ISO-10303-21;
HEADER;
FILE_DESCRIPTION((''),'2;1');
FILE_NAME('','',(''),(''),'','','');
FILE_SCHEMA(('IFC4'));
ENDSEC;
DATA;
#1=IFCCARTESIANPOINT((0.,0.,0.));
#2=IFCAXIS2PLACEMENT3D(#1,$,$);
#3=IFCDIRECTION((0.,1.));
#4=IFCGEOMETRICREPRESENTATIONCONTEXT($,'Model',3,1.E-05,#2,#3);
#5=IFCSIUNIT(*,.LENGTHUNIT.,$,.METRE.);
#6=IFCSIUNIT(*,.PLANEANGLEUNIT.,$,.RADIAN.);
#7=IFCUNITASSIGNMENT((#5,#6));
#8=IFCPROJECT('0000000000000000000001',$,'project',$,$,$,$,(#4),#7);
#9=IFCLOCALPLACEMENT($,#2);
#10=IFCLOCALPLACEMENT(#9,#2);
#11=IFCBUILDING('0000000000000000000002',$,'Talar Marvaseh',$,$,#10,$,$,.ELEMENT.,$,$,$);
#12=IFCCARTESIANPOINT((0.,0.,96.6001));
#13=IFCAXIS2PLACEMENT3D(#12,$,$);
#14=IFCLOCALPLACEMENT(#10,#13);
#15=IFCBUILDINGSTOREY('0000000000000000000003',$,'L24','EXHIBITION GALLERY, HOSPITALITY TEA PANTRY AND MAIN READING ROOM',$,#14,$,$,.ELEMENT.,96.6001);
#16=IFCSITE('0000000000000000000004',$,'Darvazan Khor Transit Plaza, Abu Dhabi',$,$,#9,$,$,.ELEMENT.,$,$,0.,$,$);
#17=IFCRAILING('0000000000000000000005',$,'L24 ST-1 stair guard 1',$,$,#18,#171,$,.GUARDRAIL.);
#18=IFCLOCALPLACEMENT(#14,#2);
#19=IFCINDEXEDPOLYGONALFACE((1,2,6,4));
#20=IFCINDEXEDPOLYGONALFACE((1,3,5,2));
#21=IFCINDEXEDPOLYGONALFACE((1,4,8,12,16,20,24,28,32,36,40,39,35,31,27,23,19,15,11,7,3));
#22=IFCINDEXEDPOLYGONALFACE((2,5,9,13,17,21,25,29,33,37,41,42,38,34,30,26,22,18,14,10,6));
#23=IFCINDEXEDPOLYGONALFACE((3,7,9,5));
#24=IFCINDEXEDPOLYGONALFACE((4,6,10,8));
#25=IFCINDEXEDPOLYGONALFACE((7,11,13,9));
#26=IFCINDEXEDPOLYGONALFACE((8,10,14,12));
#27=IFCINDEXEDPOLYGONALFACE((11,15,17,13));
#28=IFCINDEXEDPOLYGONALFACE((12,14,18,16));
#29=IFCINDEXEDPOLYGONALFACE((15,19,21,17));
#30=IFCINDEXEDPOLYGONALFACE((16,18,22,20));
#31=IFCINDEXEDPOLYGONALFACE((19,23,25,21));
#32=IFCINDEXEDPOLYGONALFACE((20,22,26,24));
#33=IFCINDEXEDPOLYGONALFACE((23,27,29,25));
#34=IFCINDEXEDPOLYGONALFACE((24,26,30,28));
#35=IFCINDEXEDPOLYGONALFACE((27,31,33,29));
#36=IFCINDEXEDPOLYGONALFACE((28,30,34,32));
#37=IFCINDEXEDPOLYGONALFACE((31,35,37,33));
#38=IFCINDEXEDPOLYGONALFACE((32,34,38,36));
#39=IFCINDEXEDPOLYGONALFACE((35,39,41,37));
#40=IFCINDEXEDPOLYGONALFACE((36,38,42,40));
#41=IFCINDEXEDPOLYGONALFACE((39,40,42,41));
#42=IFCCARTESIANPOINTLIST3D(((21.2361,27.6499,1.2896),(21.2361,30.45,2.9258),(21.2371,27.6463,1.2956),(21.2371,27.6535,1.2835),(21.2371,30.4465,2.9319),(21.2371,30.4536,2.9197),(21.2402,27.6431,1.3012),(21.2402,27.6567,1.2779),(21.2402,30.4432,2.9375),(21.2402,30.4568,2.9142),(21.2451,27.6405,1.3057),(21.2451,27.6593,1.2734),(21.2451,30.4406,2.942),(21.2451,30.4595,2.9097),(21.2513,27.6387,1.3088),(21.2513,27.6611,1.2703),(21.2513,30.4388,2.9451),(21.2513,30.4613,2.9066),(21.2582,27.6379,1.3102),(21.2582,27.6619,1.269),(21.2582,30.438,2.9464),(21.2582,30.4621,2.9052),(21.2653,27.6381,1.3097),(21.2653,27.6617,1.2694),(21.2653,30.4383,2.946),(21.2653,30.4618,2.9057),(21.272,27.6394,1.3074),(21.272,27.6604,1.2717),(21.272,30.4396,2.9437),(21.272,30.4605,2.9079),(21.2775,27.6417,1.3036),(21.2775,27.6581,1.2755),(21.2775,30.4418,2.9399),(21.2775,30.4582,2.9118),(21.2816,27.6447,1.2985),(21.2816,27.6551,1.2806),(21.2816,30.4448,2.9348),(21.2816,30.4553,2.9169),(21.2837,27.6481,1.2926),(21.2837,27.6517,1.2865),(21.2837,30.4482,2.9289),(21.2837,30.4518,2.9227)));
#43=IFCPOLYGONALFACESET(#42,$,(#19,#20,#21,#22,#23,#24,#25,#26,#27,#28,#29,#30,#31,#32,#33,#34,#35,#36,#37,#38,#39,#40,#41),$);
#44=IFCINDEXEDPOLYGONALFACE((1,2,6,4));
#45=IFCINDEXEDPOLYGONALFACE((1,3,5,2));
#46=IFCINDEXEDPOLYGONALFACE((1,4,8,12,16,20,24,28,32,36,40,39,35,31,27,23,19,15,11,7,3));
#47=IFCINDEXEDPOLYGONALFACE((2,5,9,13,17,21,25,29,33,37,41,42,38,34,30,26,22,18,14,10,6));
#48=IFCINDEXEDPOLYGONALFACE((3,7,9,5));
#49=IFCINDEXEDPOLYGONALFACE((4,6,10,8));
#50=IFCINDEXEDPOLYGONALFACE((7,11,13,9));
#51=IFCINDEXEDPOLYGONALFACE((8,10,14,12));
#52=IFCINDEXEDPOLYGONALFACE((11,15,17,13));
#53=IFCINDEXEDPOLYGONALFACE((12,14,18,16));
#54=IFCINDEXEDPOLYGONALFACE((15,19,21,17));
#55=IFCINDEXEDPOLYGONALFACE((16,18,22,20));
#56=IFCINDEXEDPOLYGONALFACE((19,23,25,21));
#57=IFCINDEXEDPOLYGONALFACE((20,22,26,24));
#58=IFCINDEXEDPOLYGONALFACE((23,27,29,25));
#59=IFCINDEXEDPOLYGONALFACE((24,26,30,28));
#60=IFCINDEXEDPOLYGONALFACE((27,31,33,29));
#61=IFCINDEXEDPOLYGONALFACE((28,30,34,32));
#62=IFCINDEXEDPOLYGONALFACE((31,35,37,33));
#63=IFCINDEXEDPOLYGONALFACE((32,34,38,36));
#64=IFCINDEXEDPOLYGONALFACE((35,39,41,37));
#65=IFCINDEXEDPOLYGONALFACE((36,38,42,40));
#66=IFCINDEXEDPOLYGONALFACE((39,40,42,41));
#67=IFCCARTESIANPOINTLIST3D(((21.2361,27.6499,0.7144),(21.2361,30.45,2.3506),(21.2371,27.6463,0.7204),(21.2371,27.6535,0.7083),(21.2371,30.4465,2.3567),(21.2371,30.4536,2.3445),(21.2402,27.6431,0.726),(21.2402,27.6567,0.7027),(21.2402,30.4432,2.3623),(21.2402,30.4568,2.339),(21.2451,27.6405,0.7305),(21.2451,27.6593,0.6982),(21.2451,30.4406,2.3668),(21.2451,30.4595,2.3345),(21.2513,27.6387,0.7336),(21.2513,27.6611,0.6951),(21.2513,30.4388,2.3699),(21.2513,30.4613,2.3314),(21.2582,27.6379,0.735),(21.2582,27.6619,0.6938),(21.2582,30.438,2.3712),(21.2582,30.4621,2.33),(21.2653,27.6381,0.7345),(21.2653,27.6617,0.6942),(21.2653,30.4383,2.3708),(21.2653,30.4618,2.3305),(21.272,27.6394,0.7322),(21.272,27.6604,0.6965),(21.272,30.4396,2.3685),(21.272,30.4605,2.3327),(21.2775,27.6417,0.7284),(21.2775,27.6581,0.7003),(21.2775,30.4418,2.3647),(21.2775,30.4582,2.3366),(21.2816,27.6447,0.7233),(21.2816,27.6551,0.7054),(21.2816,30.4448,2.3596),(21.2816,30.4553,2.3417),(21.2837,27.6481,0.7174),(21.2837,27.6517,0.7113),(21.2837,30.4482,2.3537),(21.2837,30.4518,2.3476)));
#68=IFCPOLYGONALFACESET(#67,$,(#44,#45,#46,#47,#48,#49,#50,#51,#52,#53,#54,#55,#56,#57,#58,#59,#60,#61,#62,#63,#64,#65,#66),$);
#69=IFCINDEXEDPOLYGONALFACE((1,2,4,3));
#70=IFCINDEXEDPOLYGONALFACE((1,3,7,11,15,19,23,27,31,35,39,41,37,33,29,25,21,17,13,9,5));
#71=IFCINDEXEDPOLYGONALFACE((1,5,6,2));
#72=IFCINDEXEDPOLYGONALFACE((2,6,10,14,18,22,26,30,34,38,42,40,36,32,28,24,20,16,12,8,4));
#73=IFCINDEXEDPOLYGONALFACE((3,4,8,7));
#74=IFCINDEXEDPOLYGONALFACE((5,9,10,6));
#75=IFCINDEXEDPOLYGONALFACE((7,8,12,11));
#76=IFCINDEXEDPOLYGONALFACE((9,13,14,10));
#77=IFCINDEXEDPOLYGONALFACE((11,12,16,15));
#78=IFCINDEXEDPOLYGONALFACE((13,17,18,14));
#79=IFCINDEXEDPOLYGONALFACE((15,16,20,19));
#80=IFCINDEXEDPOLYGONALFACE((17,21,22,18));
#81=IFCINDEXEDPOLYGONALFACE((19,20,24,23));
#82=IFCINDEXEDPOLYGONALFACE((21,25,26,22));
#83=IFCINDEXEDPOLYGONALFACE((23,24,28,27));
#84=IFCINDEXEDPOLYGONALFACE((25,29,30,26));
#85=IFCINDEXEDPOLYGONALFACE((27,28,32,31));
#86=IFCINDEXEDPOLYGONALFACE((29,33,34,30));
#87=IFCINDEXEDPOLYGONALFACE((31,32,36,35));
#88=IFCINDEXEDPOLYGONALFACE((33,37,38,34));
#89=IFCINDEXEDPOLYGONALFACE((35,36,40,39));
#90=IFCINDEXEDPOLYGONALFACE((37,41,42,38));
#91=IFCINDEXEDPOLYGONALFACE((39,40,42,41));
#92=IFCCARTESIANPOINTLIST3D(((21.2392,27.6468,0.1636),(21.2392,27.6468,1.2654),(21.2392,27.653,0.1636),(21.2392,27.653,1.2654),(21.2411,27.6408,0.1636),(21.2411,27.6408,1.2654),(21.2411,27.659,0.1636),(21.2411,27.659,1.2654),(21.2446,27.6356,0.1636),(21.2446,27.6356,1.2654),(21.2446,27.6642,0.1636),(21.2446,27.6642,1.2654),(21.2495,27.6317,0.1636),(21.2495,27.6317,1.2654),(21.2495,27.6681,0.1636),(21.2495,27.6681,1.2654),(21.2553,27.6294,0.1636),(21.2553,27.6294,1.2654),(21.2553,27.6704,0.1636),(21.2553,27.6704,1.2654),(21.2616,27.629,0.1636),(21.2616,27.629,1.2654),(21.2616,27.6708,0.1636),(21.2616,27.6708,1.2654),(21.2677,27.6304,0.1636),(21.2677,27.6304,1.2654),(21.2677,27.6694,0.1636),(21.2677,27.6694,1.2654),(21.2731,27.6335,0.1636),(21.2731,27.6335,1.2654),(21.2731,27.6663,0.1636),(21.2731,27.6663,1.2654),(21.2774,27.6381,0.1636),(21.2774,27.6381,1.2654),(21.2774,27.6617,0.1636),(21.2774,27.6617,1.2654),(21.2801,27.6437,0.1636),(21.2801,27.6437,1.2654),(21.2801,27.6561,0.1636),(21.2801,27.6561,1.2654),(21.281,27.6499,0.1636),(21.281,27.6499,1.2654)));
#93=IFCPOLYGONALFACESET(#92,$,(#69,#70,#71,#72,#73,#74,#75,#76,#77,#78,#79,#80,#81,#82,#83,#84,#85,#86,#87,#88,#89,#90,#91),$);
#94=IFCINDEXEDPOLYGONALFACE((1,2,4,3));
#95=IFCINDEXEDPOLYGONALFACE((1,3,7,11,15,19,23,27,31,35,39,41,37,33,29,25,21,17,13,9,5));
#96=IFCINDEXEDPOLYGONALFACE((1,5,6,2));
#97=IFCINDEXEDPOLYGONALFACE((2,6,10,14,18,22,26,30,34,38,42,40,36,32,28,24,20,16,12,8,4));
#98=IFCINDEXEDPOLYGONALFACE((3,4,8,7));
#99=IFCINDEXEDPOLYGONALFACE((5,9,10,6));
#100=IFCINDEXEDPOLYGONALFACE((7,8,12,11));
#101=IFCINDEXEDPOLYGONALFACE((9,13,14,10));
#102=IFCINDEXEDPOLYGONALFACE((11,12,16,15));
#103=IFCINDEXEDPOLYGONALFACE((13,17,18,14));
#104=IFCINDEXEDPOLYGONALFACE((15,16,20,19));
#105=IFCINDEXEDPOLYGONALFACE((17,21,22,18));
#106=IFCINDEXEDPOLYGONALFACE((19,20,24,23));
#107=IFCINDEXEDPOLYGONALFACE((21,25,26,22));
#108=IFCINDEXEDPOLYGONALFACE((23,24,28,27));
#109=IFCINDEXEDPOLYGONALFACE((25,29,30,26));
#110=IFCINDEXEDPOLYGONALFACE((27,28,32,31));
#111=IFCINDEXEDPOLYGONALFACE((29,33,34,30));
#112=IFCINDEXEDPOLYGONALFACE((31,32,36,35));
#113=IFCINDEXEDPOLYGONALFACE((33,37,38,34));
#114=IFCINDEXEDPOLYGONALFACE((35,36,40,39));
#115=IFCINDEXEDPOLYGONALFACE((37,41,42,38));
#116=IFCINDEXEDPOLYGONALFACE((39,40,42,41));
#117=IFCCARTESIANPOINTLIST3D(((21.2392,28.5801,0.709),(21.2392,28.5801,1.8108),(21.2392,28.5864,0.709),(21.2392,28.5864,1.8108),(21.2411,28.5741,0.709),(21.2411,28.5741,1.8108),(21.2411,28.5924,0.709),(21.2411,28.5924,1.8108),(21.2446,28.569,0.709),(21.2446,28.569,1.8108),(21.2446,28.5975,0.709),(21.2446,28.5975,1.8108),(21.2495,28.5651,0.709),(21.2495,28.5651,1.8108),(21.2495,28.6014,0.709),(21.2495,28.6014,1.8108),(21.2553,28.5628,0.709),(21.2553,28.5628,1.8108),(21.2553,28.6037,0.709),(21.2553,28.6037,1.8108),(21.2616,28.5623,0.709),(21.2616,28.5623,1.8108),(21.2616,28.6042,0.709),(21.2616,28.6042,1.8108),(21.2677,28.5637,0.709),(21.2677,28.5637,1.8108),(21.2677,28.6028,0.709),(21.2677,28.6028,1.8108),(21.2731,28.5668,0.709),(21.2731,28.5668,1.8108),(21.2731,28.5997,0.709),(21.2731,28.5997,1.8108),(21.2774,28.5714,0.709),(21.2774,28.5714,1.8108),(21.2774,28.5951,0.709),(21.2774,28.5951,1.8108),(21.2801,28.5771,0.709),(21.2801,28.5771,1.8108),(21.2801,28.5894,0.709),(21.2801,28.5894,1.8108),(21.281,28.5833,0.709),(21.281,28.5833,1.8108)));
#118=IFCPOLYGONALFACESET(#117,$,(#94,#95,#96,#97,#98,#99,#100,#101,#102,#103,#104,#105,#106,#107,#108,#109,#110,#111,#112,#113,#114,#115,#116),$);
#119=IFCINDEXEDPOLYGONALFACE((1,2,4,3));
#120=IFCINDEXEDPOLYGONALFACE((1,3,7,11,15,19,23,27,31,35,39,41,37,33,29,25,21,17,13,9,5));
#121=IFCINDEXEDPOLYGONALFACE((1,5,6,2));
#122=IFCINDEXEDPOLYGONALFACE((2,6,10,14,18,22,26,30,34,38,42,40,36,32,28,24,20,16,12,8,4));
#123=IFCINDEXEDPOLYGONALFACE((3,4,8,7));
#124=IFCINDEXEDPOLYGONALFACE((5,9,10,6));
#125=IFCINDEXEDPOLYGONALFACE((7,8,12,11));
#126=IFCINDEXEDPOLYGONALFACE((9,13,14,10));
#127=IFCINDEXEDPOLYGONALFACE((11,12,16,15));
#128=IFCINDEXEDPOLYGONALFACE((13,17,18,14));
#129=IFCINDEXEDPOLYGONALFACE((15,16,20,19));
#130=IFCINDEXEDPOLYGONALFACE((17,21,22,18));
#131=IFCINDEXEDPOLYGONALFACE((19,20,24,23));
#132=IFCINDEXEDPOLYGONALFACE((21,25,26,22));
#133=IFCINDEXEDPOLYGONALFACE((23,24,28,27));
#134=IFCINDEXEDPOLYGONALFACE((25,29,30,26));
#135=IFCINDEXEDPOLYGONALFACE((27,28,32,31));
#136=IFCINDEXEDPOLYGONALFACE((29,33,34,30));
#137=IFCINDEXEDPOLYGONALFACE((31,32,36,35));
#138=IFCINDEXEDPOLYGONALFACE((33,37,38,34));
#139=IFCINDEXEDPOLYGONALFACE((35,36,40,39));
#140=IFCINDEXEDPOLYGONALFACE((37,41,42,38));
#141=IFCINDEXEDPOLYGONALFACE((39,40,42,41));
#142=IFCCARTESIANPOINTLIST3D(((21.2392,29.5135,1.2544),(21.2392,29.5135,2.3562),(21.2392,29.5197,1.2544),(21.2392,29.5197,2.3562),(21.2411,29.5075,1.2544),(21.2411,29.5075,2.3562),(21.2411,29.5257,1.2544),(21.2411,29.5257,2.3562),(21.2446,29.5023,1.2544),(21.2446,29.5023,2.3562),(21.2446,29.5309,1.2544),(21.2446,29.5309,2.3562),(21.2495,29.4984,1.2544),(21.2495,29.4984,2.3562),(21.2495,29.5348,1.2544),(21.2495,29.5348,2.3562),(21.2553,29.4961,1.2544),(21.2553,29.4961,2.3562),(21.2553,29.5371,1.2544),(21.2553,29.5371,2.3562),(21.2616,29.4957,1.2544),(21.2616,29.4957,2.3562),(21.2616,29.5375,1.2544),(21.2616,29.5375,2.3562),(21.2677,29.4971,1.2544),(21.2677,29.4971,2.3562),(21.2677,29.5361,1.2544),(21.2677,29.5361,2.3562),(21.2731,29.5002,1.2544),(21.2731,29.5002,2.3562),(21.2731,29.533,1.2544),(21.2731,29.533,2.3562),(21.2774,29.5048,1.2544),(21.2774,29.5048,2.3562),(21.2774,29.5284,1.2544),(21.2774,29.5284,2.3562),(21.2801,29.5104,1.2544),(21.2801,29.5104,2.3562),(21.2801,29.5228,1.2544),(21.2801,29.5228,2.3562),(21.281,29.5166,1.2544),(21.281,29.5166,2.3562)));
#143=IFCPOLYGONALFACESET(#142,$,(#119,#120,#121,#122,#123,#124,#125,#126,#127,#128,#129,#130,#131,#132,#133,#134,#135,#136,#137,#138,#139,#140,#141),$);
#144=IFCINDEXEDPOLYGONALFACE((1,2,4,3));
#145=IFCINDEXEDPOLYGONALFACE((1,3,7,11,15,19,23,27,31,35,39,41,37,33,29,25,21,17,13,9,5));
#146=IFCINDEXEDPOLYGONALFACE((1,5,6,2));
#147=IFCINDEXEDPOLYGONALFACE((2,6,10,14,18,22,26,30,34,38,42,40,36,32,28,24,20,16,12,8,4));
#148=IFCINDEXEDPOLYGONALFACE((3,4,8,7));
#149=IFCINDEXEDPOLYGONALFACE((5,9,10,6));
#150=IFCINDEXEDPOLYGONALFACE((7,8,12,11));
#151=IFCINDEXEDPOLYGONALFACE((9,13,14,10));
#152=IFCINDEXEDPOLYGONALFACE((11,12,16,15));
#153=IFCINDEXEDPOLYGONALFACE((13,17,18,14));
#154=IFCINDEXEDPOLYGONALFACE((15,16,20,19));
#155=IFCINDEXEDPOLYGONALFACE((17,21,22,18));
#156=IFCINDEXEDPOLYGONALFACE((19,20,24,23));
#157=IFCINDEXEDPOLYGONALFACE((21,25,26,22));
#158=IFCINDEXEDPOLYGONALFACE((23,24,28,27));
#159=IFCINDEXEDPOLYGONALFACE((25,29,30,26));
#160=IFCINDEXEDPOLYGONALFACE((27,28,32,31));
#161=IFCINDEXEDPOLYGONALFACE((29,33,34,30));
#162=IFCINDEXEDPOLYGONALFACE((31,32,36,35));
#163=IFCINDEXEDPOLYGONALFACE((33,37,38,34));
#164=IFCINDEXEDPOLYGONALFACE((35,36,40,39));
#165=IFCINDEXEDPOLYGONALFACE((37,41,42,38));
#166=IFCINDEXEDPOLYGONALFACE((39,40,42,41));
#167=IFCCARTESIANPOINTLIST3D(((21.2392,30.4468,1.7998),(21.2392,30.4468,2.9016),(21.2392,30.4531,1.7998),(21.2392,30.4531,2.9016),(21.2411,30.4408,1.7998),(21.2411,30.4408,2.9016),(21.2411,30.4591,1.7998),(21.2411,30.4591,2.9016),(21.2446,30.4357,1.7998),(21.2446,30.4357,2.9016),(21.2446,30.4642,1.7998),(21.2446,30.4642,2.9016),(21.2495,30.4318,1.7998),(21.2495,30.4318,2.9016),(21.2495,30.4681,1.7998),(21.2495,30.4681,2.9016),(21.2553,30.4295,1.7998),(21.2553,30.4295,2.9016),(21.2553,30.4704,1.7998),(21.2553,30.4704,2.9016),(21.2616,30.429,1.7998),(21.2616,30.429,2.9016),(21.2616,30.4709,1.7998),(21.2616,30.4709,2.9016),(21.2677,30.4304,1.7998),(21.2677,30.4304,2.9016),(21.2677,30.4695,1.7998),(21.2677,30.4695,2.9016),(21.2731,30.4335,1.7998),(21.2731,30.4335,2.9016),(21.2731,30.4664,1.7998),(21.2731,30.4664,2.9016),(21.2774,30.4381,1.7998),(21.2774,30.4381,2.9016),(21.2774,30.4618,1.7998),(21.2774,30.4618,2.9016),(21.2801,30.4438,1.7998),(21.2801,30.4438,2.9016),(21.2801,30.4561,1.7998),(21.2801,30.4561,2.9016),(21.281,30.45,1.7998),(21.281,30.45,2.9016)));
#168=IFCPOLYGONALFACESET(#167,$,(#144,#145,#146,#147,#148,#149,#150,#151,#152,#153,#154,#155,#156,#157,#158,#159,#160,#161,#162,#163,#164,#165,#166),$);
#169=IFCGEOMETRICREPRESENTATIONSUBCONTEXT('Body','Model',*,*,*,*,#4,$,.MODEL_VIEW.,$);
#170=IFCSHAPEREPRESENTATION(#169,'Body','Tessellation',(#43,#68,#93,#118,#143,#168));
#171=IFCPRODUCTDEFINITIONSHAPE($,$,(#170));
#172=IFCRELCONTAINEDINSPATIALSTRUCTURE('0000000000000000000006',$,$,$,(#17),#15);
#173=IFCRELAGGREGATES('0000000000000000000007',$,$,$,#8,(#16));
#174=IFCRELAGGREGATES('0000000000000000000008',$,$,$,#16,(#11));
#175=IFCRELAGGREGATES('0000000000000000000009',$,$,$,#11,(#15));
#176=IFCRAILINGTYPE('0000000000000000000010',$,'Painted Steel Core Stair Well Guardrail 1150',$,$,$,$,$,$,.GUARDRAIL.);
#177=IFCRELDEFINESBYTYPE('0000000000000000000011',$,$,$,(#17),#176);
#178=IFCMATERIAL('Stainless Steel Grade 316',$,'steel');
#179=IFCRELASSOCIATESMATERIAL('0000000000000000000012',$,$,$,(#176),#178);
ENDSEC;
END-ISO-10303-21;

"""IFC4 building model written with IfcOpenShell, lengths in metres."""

from ifc_helpers import new_model, si_unit, direction, frame, origin, origin_2d, place, context, subcontext, project, spatial, circle, extrude, material, type_object, element, save


model = new_model("IFC4")

# Units and contexts
model_context = context("Model", 3, precision=1e-05, world=origin(), true_north=direction((0.0, 1.0)))
body_context = subcontext(model_context, "Body", "Model", "MODEL_VIEW")
ifc_project = project(units=[si_unit("LENGTHUNIT", "METRE"), si_unit("PLANEANGLEUNIT", "RADIAN")], contexts=[model_context])

# Site, building, storey
site_placement = place(None, origin())
site = spatial("IfcSite", under=ifc_project, at=site_placement, Name="Darvazan Khor Transit Plaza, Abu Dhabi", CompositionType="ELEMENT", RefElevation=0.0)
building_placement = place(site_placement, origin())
building = spatial("IfcBuilding", under=site, at=building_placement, Name="Talar Marvaseh", CompositionType="ELEMENT")
storey_placement = place(building_placement, frame((0.0, 0.0, 96.6001)))
storey = spatial("IfcBuildingStorey", under=building, at=storey_placement, Name="L24", Description="EXHIBITION GALLERY, HOSPITALITY TEA PANTRY AND MAIN READING ROOM", CompositionType="ELEMENT", Elevation=96.6001)

# Railing
ifc_material_1 = material(Name="Stainless Steel Grade 316", Category="steel")
railing_type_1 = type_object("IfcRailingType", Name="Painted Steel Core Stair Well Guardrail 1150", PredefinedType="GUARDRAIL", material=ifc_material_1)
railing_1_placement = place(storey_placement, frame((21.26, 27.6499, 0.1636)))
element("IfcRailing", 1, at=railing_1_placement, inside=storey, type_object=railing_type_1, Name="L24 ST-1 stair guard 1", PredefinedType="GUARDRAIL", context=body_context, shape_type="SweptSolid", body=[
    extrude(circle(Radius=0.0239, at=origin_2d()), frame((0.0, 0.0, 1.126), z_axis=(0.0, 0.863394, 0.504531), x_axis=(-1.0, 0.0, 0.0)), (0.0, 0.0, 1.0), 3.2432),
    extrude(circle(Radius=0.0239, at=origin_2d()), frame((0.0, 0.0, 0.5508), z_axis=(0.0, 0.863394, 0.504531), x_axis=(-1.0, 0.0, 0.0)), (0.0, 0.0, 1.0), 3.2432),
    extrude(circle(Radius=0.021, at=origin_2d()), origin(), (0.0, 0.0, 1.0), 1.1018),
    extrude(circle(Radius=0.021, at=origin_2d()), frame((0.0, 0.9333, 0.5454)), (0.0, 0.0, 1.0), 1.1018),
    extrude(circle(Radius=0.021, at=origin_2d()), frame((0.0, 1.8667, 1.0908)), (0.0, 0.0, 1.0), 1.1018),
    extrude(circle(Radius=0.021, at=origin_2d()), frame((0.0, 2.8, 1.6362)), (0.0, 0.0, 1.0), 1.1018),
])

save(model, "model.ifc")
